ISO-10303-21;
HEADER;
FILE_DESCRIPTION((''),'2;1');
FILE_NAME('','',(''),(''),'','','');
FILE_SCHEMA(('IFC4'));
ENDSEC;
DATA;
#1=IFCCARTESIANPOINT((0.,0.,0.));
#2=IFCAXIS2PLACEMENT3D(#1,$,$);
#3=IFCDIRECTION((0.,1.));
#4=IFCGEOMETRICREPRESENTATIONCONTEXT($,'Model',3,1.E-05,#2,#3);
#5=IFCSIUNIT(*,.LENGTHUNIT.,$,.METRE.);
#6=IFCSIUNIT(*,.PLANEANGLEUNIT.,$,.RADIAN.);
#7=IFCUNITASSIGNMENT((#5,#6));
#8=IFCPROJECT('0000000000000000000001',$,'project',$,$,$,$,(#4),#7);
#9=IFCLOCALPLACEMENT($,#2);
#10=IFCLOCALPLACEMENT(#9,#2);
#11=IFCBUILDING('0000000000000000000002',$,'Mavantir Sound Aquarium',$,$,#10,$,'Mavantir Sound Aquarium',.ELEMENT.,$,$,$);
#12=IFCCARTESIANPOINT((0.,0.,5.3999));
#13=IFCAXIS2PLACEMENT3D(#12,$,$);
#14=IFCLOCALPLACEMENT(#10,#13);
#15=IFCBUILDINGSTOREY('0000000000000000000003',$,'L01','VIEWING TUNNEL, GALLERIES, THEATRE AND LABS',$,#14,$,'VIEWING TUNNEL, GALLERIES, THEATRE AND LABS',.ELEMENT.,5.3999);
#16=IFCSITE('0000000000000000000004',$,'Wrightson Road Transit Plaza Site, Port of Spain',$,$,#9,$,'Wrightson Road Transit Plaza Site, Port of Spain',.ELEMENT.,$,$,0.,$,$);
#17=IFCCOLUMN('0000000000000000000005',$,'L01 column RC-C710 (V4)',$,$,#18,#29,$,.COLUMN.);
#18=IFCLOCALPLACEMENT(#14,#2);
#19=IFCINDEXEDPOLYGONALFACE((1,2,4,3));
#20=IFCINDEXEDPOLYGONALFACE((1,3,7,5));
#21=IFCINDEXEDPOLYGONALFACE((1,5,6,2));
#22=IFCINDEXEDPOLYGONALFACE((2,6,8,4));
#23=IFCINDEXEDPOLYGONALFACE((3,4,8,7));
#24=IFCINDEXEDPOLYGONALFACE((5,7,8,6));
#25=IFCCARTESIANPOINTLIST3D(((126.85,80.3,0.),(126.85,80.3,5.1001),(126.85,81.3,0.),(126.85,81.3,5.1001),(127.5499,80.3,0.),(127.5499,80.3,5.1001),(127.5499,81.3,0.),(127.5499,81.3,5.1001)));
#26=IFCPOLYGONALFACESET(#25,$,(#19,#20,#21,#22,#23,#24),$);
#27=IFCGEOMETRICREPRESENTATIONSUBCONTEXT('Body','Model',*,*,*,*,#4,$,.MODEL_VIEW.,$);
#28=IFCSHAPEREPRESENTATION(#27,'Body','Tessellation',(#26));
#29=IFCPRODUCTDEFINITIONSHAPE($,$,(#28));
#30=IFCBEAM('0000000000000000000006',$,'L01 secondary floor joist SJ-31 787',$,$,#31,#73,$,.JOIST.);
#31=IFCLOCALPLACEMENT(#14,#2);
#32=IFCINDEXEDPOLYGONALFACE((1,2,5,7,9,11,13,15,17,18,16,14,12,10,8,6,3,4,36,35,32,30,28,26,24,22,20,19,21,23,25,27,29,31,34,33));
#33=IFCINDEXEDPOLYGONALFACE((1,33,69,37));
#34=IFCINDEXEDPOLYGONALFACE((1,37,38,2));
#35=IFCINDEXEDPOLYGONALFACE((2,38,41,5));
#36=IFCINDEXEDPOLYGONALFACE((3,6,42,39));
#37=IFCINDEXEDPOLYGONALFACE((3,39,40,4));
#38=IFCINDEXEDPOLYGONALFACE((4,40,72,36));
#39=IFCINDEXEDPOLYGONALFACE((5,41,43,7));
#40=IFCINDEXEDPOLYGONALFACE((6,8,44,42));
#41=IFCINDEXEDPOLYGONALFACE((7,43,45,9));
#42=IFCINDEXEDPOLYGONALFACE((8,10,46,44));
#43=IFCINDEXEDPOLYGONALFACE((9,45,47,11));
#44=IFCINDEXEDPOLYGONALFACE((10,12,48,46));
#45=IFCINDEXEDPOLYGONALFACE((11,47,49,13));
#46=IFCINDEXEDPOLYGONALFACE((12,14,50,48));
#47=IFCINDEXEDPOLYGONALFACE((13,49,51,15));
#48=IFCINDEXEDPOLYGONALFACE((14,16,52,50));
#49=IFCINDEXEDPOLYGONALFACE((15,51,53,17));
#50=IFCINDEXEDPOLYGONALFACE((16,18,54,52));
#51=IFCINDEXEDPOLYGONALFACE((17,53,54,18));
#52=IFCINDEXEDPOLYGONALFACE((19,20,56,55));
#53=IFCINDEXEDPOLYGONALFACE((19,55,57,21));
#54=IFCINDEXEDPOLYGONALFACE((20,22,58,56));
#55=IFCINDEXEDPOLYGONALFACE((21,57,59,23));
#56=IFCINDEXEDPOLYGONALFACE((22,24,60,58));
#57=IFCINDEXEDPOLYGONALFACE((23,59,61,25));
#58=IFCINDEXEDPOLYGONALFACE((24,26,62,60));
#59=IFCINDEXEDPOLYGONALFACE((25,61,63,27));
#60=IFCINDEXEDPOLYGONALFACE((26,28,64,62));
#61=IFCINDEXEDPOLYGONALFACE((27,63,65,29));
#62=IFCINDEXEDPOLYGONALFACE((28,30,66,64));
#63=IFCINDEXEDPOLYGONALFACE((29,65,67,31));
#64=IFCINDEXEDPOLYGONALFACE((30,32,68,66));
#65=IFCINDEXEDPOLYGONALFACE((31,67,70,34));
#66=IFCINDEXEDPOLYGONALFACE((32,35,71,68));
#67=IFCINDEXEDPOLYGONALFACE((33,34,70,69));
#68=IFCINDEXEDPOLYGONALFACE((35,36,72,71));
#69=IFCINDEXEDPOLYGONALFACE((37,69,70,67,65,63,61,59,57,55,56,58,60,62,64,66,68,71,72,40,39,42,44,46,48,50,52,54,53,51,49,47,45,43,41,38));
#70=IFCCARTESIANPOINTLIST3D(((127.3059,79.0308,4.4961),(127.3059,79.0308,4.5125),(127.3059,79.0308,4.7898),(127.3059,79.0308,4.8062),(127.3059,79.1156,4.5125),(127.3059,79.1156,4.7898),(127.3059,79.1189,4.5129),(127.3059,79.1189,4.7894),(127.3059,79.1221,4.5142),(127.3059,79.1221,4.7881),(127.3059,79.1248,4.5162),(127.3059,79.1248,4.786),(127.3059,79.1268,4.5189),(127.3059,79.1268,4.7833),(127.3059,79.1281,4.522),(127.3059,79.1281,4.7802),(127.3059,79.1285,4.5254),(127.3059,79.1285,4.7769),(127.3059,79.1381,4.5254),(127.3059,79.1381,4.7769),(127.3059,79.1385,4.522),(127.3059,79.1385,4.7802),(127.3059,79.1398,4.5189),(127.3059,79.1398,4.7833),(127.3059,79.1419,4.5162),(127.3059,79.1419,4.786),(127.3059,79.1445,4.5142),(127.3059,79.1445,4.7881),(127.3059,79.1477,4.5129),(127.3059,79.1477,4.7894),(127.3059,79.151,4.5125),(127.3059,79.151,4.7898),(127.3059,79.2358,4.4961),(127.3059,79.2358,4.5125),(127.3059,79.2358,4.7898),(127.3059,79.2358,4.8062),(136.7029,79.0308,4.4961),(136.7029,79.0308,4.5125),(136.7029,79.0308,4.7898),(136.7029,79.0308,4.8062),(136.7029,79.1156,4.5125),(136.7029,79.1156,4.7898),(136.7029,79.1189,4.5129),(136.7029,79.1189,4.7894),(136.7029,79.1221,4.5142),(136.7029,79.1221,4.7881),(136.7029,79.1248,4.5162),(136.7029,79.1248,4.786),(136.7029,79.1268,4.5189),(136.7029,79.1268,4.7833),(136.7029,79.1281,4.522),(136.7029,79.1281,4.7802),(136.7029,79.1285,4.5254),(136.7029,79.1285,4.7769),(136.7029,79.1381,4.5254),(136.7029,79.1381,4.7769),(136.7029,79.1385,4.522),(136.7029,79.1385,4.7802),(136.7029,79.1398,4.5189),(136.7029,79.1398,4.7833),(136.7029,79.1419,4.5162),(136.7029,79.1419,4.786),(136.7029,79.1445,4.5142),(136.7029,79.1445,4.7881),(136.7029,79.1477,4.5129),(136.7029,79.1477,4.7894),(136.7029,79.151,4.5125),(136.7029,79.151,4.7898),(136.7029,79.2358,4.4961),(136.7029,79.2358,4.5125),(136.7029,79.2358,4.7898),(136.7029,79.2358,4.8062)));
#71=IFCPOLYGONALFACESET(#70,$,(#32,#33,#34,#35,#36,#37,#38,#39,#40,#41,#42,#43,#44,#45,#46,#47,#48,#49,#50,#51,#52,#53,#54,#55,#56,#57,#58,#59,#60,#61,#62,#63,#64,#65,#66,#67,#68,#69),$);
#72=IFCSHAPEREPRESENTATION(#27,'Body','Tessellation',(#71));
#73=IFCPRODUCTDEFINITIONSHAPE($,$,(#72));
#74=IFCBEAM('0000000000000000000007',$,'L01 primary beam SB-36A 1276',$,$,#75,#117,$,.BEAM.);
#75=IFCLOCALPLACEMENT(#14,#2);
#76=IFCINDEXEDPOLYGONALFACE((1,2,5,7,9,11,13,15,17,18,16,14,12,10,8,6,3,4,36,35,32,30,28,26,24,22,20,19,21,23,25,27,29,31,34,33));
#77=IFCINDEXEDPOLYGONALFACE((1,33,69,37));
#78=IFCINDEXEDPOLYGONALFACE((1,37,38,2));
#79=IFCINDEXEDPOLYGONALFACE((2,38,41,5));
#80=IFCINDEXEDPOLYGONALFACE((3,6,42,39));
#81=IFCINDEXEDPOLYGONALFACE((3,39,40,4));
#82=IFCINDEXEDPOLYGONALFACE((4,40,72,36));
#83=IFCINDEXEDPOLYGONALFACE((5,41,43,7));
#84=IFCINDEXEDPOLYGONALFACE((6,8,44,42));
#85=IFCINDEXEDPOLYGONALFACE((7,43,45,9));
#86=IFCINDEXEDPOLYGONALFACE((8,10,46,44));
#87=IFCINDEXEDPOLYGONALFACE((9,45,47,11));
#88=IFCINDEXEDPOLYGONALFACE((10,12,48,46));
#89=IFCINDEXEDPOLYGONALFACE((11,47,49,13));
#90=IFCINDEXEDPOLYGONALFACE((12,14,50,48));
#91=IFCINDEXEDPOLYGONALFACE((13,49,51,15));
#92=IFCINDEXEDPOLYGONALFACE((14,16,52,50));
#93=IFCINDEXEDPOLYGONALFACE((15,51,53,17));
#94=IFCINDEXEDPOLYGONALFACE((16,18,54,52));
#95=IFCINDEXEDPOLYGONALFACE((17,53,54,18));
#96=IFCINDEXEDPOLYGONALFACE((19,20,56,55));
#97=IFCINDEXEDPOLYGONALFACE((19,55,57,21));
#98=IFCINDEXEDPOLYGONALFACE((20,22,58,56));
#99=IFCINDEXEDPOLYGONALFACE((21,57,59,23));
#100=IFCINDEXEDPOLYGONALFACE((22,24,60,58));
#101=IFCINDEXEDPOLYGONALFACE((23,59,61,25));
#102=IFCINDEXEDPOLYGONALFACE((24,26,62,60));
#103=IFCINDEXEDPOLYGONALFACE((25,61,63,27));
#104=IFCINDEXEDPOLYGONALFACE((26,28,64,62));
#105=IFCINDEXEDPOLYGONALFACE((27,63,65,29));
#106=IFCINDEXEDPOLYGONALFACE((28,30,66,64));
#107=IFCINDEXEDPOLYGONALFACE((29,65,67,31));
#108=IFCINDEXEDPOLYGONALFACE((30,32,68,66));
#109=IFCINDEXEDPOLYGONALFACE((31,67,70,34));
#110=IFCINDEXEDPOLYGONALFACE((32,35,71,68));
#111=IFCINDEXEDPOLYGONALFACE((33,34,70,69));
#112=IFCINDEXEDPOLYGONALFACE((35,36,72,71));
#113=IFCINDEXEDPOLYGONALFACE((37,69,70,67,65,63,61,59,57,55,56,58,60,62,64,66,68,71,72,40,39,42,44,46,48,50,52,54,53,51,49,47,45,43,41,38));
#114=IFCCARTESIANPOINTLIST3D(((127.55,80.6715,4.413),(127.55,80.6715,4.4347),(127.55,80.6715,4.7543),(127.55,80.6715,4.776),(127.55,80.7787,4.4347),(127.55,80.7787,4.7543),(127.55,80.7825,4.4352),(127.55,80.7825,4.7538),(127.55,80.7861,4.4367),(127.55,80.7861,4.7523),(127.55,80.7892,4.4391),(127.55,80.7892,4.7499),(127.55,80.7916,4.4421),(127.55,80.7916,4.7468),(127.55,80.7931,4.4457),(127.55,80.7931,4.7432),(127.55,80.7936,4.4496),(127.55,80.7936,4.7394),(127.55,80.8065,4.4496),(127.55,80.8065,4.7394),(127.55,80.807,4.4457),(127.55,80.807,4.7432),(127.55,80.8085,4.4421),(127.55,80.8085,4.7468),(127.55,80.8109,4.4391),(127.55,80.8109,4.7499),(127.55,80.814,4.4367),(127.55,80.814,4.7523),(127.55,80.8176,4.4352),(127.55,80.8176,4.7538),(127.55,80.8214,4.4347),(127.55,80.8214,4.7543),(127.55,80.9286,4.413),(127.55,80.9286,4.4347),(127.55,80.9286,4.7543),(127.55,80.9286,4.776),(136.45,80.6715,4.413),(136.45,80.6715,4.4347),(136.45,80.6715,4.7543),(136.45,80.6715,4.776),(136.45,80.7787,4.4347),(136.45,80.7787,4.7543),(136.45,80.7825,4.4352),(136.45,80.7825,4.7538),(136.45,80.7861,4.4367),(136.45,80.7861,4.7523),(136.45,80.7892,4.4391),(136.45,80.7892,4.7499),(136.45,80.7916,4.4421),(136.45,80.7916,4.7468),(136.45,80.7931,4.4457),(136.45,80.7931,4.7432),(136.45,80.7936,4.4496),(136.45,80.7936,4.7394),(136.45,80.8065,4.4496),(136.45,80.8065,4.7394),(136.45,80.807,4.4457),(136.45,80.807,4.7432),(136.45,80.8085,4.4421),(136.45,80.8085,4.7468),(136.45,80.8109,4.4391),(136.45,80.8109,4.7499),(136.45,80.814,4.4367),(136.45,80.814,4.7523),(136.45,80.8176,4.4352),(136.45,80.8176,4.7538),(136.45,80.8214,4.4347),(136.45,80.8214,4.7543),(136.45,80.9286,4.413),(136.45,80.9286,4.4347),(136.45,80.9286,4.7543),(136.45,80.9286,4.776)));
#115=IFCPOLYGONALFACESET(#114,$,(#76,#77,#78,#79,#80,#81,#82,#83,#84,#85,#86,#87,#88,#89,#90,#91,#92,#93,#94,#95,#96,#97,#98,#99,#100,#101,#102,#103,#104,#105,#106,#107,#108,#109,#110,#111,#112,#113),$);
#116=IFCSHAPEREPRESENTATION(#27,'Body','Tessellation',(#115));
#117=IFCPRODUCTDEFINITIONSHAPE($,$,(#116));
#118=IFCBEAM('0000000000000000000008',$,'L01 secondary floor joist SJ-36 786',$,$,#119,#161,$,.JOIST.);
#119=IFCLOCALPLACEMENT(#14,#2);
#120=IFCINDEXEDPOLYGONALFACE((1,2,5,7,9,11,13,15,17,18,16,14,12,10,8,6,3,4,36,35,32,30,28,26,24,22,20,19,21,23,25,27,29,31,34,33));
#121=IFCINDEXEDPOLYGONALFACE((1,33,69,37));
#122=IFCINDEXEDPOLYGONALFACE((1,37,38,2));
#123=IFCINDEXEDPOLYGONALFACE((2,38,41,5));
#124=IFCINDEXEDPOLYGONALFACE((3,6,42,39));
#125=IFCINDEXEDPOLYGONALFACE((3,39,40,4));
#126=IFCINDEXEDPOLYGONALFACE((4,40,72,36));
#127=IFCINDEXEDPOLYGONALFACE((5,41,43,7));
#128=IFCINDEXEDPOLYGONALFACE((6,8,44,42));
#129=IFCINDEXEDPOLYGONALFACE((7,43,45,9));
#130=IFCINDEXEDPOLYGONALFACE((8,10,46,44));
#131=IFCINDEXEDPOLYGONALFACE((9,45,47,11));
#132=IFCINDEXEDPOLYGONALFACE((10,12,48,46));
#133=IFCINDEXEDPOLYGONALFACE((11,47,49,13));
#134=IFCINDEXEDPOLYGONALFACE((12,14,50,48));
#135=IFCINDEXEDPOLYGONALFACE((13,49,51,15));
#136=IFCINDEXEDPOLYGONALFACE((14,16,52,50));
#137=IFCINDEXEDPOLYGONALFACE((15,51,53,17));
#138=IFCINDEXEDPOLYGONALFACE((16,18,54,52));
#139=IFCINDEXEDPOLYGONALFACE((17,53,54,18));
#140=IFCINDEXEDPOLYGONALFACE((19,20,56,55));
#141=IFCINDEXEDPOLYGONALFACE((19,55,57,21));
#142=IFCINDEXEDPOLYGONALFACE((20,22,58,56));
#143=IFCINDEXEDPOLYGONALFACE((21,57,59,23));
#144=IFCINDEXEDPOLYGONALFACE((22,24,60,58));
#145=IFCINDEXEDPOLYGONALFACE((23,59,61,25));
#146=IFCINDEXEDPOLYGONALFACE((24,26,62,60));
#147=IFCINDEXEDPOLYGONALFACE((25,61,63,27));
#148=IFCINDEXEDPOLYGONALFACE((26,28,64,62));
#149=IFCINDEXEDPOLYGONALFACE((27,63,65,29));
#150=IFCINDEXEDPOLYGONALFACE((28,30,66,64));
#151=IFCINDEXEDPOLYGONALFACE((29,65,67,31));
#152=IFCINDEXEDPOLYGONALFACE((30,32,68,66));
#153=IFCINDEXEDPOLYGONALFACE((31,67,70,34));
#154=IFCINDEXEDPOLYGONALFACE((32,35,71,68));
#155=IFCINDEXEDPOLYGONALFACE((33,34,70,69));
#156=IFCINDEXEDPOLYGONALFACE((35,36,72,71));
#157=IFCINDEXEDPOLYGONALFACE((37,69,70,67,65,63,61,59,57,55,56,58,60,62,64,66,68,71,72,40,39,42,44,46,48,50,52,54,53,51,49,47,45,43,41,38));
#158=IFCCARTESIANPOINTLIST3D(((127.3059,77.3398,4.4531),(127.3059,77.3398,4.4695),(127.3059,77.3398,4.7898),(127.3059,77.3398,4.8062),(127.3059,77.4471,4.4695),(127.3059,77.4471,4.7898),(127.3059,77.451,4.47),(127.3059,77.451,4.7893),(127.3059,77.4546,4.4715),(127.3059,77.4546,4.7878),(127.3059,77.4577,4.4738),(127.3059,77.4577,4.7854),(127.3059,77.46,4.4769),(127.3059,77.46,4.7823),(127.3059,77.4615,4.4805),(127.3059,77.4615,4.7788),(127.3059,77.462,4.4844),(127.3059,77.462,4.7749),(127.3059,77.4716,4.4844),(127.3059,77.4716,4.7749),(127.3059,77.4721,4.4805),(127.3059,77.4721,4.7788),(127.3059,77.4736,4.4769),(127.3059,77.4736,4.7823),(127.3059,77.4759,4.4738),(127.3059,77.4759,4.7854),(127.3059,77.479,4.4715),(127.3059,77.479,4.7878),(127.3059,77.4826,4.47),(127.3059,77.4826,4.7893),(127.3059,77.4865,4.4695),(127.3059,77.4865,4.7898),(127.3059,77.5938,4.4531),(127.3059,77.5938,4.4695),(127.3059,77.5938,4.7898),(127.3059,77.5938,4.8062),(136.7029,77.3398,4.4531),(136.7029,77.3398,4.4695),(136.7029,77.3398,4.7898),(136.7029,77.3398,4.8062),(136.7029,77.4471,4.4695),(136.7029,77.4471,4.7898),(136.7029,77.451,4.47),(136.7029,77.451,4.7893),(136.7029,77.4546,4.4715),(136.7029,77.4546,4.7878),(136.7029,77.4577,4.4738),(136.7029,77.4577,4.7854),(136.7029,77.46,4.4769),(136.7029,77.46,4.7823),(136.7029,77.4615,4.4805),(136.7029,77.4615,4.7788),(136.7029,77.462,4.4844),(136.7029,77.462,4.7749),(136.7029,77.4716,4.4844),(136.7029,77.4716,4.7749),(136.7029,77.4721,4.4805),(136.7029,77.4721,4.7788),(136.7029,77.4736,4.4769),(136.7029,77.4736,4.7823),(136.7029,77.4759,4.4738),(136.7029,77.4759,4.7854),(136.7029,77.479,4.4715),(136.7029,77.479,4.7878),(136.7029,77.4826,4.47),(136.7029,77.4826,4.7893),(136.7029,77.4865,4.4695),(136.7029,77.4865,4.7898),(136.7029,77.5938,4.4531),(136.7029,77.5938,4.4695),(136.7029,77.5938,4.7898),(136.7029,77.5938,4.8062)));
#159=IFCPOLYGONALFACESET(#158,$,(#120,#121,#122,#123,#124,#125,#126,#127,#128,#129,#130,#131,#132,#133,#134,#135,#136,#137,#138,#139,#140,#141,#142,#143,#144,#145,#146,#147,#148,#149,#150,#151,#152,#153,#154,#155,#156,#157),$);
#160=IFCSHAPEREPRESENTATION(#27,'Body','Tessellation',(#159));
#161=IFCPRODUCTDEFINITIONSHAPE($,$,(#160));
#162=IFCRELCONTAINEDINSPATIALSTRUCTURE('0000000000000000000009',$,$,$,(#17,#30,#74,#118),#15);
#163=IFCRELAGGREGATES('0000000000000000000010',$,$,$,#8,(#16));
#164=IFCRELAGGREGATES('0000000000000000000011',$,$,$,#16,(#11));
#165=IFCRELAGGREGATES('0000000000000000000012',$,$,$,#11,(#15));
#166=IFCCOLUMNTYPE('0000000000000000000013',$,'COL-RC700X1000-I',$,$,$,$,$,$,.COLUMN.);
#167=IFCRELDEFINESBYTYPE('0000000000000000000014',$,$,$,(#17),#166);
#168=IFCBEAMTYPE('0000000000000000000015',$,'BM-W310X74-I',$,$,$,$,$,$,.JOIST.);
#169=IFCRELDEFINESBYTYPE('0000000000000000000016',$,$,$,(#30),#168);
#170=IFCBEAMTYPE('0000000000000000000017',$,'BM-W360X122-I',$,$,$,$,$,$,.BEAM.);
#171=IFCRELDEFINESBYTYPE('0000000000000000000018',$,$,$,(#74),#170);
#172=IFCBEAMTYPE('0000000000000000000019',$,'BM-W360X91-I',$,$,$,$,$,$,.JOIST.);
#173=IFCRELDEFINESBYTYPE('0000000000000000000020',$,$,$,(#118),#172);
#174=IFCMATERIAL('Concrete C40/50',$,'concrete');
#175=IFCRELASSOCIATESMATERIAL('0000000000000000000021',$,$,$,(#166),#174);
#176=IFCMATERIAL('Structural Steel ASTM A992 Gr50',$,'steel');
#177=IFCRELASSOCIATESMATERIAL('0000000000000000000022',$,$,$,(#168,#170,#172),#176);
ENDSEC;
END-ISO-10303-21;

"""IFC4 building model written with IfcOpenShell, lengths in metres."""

from ifc_helpers import new_model, si_unit, direction, frame, origin, origin_2d, place, context, subcontext, project, spatial, rectangle, i_section, extrude, material, material_profile, profile_set, type_object, element, save


model = new_model("IFC4")

# Units and contexts
model_context = context("Model", 3, precision=1e-05, world=origin(), true_north=direction((0.0, 1.0)))
body_context = subcontext(model_context, "Body", "Model", "MODEL_VIEW")
ifc_project = project(units=[si_unit("LENGTHUNIT", "METRE"), si_unit("PLANEANGLEUNIT", "RADIAN")], contexts=[model_context])

# Site, building, storey
site_placement = place(None, origin())
site = spatial("IfcSite", under=ifc_project, at=site_placement, Name="Wrightson Road Transit Plaza Site, Port of Spain", LongName="Wrightson Road Transit Plaza Site, Port of Spain", CompositionType="ELEMENT", RefElevation=0.0)
building_placement = place(site_placement, origin())
building = spatial("IfcBuilding", under=site, at=building_placement, Name="Mavantir Sound Aquarium", LongName="Mavantir Sound Aquarium", CompositionType="ELEMENT")
storey_placement = place(building_placement, frame((0.0, 0.0, 5.3999)))
storey = spatial("IfcBuildingStorey", under=building, at=storey_placement, Name="L01", Description="VIEWING TUNNEL, GALLERIES, THEATRE AND LABS", LongName="VIEWING TUNNEL, GALLERIES, THEATRE AND LABS", CompositionType="ELEMENT", Elevation=5.3999)

# Column
ifc_material_1 = material(Name="Concrete C40/50", Category="concrete")
ifc_material_profile_1 = material_profile(ifc_material_1, rectangle(XDim=0.7, YDim=1.0, at=origin_2d()), Name="RC 700X1000")
ifc_profile_set_1 = profile_set([ifc_material_profile_1], Name="Concrete C40/50")
column_type = type_object("IfcColumnType", Name="COL-RC700X1000-I", PredefinedType="COLUMN", material=ifc_profile_set_1)
column_placement = place(storey_placement, frame((127.2, 80.8, 0.0), z_axis=(0.0, 0.0, 1.0), x_axis=(1.0, 0.0, 0.0)))
element("IfcColumn", 1, at=column_placement, inside=storey, type_object=column_type, Name="L01 column RC-C710 (V4)", PredefinedType="COLUMN", context=body_context, shape_type="SweptSolid", body=[
    extrude(rectangle(XDim=0.7, YDim=1.0, at=origin_2d()), origin(), (0.0, 0.0, 1.0), 5.1001),
])

# Beams
ifc_material_2 = material(Name="Structural Steel ASTM A992 Gr50", Category="steel")
ifc_material_profile_2 = material_profile(ifc_material_2, i_section(OverallWidth=0.2051, OverallDepth=0.3101, WebThickness=0.0095, FlangeThickness=0.0164, FilletRadius=0.0129, at=origin_2d()), Name="W310X74")
ifc_profile_set_2 = profile_set([ifc_material_profile_2], Name="Structural Steel ASTM A992 Gr50")
beam_type_1 = type_object("IfcBeamType", Name="BM-W310X74-I", PredefinedType="JOIST", material=ifc_profile_set_2)
beam_1_placement = place(storey_placement, frame((127.3059, 79.1333, 4.6511), z_axis=(1.0, 0.0, 0.0), x_axis=(0.0, 1.0, 0.0)))
element("IfcBeam", 2, at=beam_1_placement, inside=storey, type_object=beam_type_1, Name="L01 secondary floor joist SJ-31 787", PredefinedType="JOIST", context=body_context, shape_type="SweptSolid", body=[
    extrude(i_section(OverallWidth=0.2051, OverallDepth=0.3101, WebThickness=0.0095, FlangeThickness=0.0164, FilletRadius=0.0129, at=origin_2d()), origin(), (0.0, 0.0, 1.0), 9.397),
])
ifc_material_profile_3 = material_profile(ifc_material_2, i_section(OverallWidth=0.2571, OverallDepth=0.363, WebThickness=0.0129, FlangeThickness=0.0217, FilletRadius=0.0149, at=origin_2d()), Name="W360X122")
ifc_profile_set_3 = profile_set([ifc_material_profile_3], Name="Structural Steel ASTM A992 Gr50")
beam_type_2 = type_object("IfcBeamType", Name="BM-W360X122-I", PredefinedType="BEAM", material=ifc_profile_set_3)
beam_2_placement = place(storey_placement, frame((127.55, 80.8, 4.5945), z_axis=(1.0, 0.0, 0.0), x_axis=(0.0, 1.0, 0.0)))
element("IfcBeam", 3, at=beam_2_placement, inside=storey, type_object=beam_type_2, Name="L01 primary beam SB-36A 1276", PredefinedType="BEAM", context=body_context, shape_type="SweptSolid", body=[
    extrude(i_section(OverallWidth=0.2571, OverallDepth=0.363, WebThickness=0.0129, FlangeThickness=0.0217, FilletRadius=0.0149, at=origin_2d()), origin(), (0.0, 0.0, 1.0), 8.8999),
])
ifc_material_profile_4 = material_profile(ifc_material_2, i_section(OverallWidth=0.2539, OverallDepth=0.353, WebThickness=0.0095, FlangeThickness=0.0164, FilletRadius=0.0149, at=origin_2d()), Name="W360X91")
ifc_profile_set_4 = profile_set([ifc_material_profile_4], Name="Structural Steel ASTM A992 Gr50")
beam_type_3 = type_object("IfcBeamType", Name="BM-W360X91-I", PredefinedType="JOIST", material=ifc_profile_set_4)
beam_3_placement = place(storey_placement, frame((127.3059, 77.4668, 4.6296), z_axis=(1.0, 0.0, 0.0), x_axis=(0.0, 1.0, 0.0)))
element("IfcBeam", 4, at=beam_3_placement, inside=storey, type_object=beam_type_3, Name="L01 secondary floor joist SJ-36 786", PredefinedType="JOIST", context=body_context, shape_type="SweptSolid", body=[
    extrude(i_section(OverallWidth=0.2539, OverallDepth=0.353, WebThickness=0.0095, FlangeThickness=0.0164, FilletRadius=0.0149, at=origin_2d()), origin(), (0.0, 0.0, 1.0), 9.397),
])

save(model, "model.ifc")
